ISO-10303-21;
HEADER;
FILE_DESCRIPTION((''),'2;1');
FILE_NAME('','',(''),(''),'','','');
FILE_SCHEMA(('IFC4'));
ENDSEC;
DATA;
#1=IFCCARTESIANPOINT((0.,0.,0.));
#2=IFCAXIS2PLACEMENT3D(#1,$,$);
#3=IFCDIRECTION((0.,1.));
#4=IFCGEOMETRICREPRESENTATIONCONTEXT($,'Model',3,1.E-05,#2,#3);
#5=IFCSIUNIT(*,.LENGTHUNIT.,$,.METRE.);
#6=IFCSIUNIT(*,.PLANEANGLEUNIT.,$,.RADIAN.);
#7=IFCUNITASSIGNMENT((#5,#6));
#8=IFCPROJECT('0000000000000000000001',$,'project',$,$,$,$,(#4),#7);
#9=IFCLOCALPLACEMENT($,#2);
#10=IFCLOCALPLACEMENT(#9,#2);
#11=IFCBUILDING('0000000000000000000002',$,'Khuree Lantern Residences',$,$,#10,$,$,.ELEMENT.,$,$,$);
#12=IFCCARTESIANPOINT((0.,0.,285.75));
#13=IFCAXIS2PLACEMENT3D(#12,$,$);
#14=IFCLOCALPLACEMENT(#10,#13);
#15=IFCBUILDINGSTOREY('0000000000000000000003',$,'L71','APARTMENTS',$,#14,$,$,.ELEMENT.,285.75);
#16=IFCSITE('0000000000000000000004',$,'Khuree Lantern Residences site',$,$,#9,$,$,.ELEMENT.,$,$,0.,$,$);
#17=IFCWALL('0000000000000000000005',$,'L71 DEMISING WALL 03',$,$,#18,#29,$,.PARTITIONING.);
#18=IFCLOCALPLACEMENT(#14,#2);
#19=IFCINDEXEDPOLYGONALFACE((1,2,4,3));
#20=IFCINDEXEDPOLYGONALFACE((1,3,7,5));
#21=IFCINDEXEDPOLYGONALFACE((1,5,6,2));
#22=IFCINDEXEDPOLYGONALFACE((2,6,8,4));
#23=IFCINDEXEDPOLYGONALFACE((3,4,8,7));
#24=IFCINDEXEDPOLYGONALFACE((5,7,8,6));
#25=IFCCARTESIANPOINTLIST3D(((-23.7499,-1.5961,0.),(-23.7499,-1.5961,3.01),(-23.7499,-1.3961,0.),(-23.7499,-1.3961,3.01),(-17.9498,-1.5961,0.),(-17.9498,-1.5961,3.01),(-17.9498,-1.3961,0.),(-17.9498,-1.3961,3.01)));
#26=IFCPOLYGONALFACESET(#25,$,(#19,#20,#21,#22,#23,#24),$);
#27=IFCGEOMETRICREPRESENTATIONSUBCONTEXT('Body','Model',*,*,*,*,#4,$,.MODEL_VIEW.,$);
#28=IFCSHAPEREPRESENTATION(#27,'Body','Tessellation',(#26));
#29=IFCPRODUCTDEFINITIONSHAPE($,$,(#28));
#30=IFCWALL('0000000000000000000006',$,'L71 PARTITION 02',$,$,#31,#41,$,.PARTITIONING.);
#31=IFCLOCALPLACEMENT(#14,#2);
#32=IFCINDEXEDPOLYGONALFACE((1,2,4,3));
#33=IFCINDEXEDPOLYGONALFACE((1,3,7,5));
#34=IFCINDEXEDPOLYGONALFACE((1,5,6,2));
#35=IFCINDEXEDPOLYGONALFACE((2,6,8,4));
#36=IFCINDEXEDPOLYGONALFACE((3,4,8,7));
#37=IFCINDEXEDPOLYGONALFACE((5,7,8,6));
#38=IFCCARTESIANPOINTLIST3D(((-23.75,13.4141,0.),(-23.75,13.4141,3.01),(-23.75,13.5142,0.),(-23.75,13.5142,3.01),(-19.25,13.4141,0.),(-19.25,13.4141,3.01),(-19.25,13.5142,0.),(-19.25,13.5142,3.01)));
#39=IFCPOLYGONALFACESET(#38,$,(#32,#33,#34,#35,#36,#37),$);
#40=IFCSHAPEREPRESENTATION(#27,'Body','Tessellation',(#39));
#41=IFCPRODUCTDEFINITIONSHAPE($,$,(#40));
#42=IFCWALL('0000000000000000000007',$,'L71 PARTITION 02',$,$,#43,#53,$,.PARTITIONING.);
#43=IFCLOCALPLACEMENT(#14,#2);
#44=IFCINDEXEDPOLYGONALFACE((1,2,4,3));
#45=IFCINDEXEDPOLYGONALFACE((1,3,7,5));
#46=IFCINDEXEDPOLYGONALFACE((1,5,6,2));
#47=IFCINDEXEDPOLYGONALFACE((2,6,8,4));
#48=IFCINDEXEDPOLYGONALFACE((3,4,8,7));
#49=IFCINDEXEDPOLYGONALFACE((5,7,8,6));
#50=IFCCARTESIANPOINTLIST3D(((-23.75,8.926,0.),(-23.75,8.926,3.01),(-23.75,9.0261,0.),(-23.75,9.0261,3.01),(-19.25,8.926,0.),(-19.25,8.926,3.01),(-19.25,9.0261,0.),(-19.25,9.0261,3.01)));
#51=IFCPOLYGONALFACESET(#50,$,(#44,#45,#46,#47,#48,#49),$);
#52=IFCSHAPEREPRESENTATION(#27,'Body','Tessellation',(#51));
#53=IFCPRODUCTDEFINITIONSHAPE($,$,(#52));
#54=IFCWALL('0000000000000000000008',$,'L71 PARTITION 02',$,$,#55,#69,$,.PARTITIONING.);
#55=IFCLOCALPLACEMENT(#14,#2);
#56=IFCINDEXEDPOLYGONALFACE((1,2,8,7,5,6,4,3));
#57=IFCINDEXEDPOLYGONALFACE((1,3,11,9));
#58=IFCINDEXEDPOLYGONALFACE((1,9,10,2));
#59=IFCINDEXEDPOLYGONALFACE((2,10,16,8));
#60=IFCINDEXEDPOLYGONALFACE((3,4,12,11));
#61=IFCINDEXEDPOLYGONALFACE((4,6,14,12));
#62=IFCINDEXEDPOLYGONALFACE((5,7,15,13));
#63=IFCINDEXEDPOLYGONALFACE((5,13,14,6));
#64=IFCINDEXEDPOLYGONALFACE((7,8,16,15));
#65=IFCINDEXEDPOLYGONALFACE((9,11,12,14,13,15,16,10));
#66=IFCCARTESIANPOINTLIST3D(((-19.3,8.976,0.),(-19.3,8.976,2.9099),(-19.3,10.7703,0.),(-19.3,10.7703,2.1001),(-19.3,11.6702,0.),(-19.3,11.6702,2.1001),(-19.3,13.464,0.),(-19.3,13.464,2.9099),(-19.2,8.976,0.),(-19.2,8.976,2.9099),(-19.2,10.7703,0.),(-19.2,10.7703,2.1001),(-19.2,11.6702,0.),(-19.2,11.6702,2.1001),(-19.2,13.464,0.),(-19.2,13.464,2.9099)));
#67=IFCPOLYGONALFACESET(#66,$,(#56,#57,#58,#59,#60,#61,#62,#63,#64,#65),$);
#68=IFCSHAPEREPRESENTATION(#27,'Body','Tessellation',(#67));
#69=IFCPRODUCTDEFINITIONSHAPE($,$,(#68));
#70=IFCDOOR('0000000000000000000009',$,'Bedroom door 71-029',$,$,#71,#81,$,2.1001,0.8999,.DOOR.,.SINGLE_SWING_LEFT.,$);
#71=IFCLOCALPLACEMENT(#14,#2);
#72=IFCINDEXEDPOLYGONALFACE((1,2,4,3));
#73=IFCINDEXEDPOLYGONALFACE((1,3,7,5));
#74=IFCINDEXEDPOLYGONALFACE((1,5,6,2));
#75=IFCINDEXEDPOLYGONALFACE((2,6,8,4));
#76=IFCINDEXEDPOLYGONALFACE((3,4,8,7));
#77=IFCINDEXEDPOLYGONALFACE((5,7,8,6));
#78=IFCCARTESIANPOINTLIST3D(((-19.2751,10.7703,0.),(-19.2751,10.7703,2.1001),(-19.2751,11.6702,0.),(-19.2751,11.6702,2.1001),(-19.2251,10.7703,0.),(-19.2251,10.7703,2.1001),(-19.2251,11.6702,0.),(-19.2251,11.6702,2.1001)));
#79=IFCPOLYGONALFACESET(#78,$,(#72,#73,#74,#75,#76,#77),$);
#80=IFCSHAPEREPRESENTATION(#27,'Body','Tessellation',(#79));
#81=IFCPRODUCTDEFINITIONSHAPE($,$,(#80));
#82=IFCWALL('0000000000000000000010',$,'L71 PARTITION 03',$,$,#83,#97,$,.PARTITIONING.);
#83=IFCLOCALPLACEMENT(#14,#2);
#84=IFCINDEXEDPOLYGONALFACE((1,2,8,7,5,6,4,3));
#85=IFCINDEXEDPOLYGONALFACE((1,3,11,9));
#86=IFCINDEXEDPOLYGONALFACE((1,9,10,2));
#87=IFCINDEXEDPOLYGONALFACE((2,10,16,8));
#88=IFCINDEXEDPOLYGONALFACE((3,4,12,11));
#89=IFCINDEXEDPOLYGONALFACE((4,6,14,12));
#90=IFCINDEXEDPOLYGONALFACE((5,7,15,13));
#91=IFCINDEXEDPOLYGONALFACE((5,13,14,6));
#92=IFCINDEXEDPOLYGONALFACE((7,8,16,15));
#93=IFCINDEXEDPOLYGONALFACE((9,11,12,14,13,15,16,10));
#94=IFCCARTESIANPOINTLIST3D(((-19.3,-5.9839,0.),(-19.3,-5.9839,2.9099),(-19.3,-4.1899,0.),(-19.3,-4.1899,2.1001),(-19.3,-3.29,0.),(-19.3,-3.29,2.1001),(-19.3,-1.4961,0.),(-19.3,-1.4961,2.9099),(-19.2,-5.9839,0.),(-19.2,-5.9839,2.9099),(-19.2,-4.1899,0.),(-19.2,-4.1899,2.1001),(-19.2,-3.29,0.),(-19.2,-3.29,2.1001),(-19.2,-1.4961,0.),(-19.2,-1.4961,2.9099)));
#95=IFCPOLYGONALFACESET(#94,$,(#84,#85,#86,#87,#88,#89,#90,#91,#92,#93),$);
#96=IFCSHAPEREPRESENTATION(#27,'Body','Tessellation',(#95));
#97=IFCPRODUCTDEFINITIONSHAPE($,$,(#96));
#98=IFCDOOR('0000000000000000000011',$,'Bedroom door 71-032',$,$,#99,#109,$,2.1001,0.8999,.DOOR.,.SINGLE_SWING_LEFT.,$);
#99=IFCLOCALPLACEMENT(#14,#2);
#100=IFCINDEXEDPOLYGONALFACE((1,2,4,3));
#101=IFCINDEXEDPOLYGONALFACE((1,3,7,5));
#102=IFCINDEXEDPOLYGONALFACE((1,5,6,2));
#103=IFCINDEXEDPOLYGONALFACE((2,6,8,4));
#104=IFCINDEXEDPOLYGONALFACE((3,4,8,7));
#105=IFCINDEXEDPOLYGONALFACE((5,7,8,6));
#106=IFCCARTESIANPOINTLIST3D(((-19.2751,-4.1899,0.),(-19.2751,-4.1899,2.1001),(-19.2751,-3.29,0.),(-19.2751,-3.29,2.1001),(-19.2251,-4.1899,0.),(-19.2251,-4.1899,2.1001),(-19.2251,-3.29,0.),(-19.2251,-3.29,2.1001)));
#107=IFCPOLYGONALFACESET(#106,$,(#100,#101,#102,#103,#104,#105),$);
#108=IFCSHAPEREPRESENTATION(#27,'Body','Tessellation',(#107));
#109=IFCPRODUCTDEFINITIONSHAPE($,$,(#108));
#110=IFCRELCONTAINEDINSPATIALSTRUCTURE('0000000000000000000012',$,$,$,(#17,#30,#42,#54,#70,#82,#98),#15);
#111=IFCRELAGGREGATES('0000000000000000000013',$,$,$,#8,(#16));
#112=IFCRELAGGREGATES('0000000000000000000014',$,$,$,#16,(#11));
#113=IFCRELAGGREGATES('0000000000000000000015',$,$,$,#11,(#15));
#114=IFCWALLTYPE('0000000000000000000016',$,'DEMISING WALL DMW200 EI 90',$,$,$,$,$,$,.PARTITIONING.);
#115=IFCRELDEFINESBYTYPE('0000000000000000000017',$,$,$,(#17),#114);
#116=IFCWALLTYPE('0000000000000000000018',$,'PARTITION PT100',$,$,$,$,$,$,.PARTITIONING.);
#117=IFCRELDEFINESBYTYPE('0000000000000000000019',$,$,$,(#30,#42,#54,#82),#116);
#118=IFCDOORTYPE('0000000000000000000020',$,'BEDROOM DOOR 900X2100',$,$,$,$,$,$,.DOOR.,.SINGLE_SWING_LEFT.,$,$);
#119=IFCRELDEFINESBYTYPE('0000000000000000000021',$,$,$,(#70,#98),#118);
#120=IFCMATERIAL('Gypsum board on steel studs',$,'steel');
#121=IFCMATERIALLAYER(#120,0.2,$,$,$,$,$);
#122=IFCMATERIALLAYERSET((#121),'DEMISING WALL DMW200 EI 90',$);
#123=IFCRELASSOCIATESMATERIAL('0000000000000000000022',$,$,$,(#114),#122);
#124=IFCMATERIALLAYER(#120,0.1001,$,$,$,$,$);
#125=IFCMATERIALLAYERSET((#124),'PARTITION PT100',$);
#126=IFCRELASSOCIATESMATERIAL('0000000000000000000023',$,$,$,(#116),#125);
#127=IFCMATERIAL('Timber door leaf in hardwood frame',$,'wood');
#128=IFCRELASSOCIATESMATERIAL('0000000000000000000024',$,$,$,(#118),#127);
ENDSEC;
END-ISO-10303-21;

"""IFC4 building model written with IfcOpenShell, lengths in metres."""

from ifc_helpers import new_model, si_unit, direction, frame, frame_2d, origin, place, context, subcontext, project, spatial, rectangle, extrude, material, layer, layer_set, type_object, element, fill, save


model = new_model("IFC4")

# Units and contexts
model_context = context("Model", 3, precision=1e-05, world=origin(), true_north=direction((0.0, 1.0)))
body_context = subcontext(model_context, "Body", "Model", "MODEL_VIEW")
ifc_project = project(units=[si_unit("LENGTHUNIT", "METRE"), si_unit("PLANEANGLEUNIT", "RADIAN")], contexts=[model_context])

# Site, building, storey
site_placement = place(None, origin())
site = spatial("IfcSite", under=ifc_project, at=site_placement, Name="Khuree Lantern Residences site", CompositionType="ELEMENT", RefElevation=0.0)
building_placement = place(site_placement, origin())
building = spatial("IfcBuilding", under=site, at=building_placement, Name="Khuree Lantern Residences", CompositionType="ELEMENT")
storey_placement = place(building_placement, frame((0.0, 0.0, 285.75)))
storey = spatial("IfcBuildingStorey", under=building, at=storey_placement, Name="L71", Description="APARTMENTS", CompositionType="ELEMENT", Elevation=285.75)

# Shared definitions
ifc_material_1 = material(Name="Gypsum board on steel studs", Category="steel")

# Shared definitions
ifc_material_2 = material(Name="Timber door leaf in hardwood frame", Category="wood")

# Walls
ifc_layer_1 = layer(ifc_material_1, 0.2)
ifc_layer_set_1 = layer_set([ifc_layer_1], Name="DEMISING WALL DMW200 EI 90")
wall_type_1 = type_object("IfcWallType", Name="DEMISING WALL DMW200 EI 90", PredefinedType="PARTITIONING", material=ifc_layer_set_1)
wall_1_placement = place(storey_placement, frame((-17.95, -1.4961, 0.0), z_axis=(0.0, 0.0, 1.0), x_axis=(-1.0, 0.0, 0.0)))
element("IfcWall", 1, at=wall_1_placement, inside=storey, type_object=wall_type_1, Name="L71 DEMISING WALL 03", PredefinedType="PARTITIONING", context=body_context, shape_type="SweptSolid", body=[
    extrude(rectangle(XDim=5.8, YDim=0.2, at=frame_2d((2.8999, 0.0))), origin(), (0.0, 0.0, 1.0), 3.01),
])
ifc_layer_2 = layer(ifc_material_1, 0.1001)
ifc_layer_set_2 = layer_set([ifc_layer_2], Name="PARTITION PT100")
wall_type_2 = type_object("IfcWallType", Name="PARTITION PT100", PredefinedType="PARTITIONING", material=ifc_layer_set_2)
for number, where, z_axis, x_axis, name in (
    (2, (-19.25, 13.4641, 0.0), (0.0, 0.0, 1.0), (-1.0, 0.0, 0.0), "L71 PARTITION 02"),
    (3, (-19.25, 8.9761, 0.0), (0.0, 0.0, 1.0), (-1.0, 0.0, 0.0), "L71 PARTITION 02"),
):
    element("IfcWall", number, at=place(storey_placement, frame(where, z_axis=z_axis, x_axis=x_axis)), inside=storey, type_object=wall_type_2, Name=name, PredefinedType="PARTITIONING", context=body_context, shape_type="SweptSolid", body=[
        extrude(rectangle(XDim=4.5, YDim=0.1001, at=frame_2d((2.25, 0.0))), origin(), (0.0, 0.0, 1.0), 3.01),
    ])

# Walls, openings, doors
wall_2_placement = place(storey_placement, frame((-19.25, 13.4641, 0.0), z_axis=(0.0, 0.0, 1.0), x_axis=(0.0, -1.0, 0.0)))
wall_2 = element("IfcWall", 4, at=wall_2_placement, inside=storey, type_object=wall_type_2, Name="L71 PARTITION 02", PredefinedType="PARTITIONING", context=body_context, shape_type="SweptSolid", body=[
    extrude(rectangle(XDim=4.488, YDim=0.1001, at=frame_2d((2.2441, 0.0))), origin(), (0.0, 0.0, 1.0), 2.9099),
])
opening_1_placement = place(wall_2_placement, frame((1.7939, 0.0, 0.0)))
opening_1 = element("IfcOpeningElement", 5, at=opening_1_placement, cuts=wall_2, PredefinedType="OPENING", context=body_context, shape_type="SweptSolid", body=[
    extrude(rectangle(XDim=0.8999, YDim=2.1001, at=frame_2d((0.45, 1.05))), frame((0.0, 0.0601, 0.0), z_axis=(0.0, -1.0, 0.0), x_axis=(1.0, 0.0, 0.0)), (0.0, 0.0, 1.0), 0.1201),
])
door_type_1 = type_object("IfcDoorType", Name="BEDROOM DOOR 900X2100", OperationType="SINGLE_SWING_LEFT", PredefinedType="DOOR", material=ifc_material_2)
door_1_placement = place(opening_1_placement, origin())
door_1 = element("IfcDoor", 6, at=door_1_placement, inside=storey, type_object=door_type_1, Name="Bedroom door 71-029", OperationType="SINGLE_SWING_LEFT", OverallHeight=2.1001, OverallWidth=0.8999, PredefinedType="DOOR", context=body_context, shape_type="SweptSolid", body=[
    extrude(rectangle(XDim=0.8999, YDim=2.1001, at=frame_2d((0.45, 1.05))), frame((0.0, 0.0249, 0.0), z_axis=(0.0, -1.0, 0.0), x_axis=(1.0, 0.0, 0.0)), (0.0, 0.0, 1.0), 0.05),
])
fill(opening_1, door_1)
wall_3_placement = place(storey_placement, frame((-19.25, -1.4961, 0.0), z_axis=(0.0, 0.0, 1.0), x_axis=(0.0, -1.0, 0.0)))
wall_3 = element("IfcWall", 7, at=wall_3_placement, inside=storey, type_object=wall_type_2, Name="L71 PARTITION 03", PredefinedType="PARTITIONING", context=body_context, shape_type="SweptSolid", body=[
    extrude(rectangle(XDim=4.4878, YDim=0.1001, at=frame_2d((2.2439, 0.0))), origin(), (0.0, 0.0, 1.0), 2.9099),
])
opening_2_placement = place(wall_3_placement, frame((1.7939, 0.0, 0.0)))
opening_2 = element("IfcOpeningElement", 8, at=opening_2_placement, cuts=wall_3, PredefinedType="OPENING", context=body_context, shape_type="SweptSolid", body=[
    extrude(rectangle(XDim=0.8999, YDim=2.1001, at=frame_2d((0.45, 1.05))), frame((0.0, 0.0601, 0.0), z_axis=(0.0, -1.0, 0.0), x_axis=(1.0, 0.0, 0.0)), (0.0, 0.0, 1.0), 0.1201),
])
door_2_placement = place(opening_2_placement, origin())
door_2 = element("IfcDoor", 9, at=door_2_placement, inside=storey, type_object=door_type_1, Name="Bedroom door 71-032", OperationType="SINGLE_SWING_LEFT", OverallHeight=2.1001, OverallWidth=0.8999, PredefinedType="DOOR", context=body_context, shape_type="SweptSolid", body=[
    extrude(rectangle(XDim=0.8999, YDim=2.1001, at=frame_2d((0.45, 1.05))), frame((0.0, 0.0249, 0.0), z_axis=(0.0, -1.0, 0.0), x_axis=(1.0, 0.0, 0.0)), (0.0, 0.0, 1.0), 0.05),
])
fill(opening_2, door_2)

save(model, "model.ifc")
